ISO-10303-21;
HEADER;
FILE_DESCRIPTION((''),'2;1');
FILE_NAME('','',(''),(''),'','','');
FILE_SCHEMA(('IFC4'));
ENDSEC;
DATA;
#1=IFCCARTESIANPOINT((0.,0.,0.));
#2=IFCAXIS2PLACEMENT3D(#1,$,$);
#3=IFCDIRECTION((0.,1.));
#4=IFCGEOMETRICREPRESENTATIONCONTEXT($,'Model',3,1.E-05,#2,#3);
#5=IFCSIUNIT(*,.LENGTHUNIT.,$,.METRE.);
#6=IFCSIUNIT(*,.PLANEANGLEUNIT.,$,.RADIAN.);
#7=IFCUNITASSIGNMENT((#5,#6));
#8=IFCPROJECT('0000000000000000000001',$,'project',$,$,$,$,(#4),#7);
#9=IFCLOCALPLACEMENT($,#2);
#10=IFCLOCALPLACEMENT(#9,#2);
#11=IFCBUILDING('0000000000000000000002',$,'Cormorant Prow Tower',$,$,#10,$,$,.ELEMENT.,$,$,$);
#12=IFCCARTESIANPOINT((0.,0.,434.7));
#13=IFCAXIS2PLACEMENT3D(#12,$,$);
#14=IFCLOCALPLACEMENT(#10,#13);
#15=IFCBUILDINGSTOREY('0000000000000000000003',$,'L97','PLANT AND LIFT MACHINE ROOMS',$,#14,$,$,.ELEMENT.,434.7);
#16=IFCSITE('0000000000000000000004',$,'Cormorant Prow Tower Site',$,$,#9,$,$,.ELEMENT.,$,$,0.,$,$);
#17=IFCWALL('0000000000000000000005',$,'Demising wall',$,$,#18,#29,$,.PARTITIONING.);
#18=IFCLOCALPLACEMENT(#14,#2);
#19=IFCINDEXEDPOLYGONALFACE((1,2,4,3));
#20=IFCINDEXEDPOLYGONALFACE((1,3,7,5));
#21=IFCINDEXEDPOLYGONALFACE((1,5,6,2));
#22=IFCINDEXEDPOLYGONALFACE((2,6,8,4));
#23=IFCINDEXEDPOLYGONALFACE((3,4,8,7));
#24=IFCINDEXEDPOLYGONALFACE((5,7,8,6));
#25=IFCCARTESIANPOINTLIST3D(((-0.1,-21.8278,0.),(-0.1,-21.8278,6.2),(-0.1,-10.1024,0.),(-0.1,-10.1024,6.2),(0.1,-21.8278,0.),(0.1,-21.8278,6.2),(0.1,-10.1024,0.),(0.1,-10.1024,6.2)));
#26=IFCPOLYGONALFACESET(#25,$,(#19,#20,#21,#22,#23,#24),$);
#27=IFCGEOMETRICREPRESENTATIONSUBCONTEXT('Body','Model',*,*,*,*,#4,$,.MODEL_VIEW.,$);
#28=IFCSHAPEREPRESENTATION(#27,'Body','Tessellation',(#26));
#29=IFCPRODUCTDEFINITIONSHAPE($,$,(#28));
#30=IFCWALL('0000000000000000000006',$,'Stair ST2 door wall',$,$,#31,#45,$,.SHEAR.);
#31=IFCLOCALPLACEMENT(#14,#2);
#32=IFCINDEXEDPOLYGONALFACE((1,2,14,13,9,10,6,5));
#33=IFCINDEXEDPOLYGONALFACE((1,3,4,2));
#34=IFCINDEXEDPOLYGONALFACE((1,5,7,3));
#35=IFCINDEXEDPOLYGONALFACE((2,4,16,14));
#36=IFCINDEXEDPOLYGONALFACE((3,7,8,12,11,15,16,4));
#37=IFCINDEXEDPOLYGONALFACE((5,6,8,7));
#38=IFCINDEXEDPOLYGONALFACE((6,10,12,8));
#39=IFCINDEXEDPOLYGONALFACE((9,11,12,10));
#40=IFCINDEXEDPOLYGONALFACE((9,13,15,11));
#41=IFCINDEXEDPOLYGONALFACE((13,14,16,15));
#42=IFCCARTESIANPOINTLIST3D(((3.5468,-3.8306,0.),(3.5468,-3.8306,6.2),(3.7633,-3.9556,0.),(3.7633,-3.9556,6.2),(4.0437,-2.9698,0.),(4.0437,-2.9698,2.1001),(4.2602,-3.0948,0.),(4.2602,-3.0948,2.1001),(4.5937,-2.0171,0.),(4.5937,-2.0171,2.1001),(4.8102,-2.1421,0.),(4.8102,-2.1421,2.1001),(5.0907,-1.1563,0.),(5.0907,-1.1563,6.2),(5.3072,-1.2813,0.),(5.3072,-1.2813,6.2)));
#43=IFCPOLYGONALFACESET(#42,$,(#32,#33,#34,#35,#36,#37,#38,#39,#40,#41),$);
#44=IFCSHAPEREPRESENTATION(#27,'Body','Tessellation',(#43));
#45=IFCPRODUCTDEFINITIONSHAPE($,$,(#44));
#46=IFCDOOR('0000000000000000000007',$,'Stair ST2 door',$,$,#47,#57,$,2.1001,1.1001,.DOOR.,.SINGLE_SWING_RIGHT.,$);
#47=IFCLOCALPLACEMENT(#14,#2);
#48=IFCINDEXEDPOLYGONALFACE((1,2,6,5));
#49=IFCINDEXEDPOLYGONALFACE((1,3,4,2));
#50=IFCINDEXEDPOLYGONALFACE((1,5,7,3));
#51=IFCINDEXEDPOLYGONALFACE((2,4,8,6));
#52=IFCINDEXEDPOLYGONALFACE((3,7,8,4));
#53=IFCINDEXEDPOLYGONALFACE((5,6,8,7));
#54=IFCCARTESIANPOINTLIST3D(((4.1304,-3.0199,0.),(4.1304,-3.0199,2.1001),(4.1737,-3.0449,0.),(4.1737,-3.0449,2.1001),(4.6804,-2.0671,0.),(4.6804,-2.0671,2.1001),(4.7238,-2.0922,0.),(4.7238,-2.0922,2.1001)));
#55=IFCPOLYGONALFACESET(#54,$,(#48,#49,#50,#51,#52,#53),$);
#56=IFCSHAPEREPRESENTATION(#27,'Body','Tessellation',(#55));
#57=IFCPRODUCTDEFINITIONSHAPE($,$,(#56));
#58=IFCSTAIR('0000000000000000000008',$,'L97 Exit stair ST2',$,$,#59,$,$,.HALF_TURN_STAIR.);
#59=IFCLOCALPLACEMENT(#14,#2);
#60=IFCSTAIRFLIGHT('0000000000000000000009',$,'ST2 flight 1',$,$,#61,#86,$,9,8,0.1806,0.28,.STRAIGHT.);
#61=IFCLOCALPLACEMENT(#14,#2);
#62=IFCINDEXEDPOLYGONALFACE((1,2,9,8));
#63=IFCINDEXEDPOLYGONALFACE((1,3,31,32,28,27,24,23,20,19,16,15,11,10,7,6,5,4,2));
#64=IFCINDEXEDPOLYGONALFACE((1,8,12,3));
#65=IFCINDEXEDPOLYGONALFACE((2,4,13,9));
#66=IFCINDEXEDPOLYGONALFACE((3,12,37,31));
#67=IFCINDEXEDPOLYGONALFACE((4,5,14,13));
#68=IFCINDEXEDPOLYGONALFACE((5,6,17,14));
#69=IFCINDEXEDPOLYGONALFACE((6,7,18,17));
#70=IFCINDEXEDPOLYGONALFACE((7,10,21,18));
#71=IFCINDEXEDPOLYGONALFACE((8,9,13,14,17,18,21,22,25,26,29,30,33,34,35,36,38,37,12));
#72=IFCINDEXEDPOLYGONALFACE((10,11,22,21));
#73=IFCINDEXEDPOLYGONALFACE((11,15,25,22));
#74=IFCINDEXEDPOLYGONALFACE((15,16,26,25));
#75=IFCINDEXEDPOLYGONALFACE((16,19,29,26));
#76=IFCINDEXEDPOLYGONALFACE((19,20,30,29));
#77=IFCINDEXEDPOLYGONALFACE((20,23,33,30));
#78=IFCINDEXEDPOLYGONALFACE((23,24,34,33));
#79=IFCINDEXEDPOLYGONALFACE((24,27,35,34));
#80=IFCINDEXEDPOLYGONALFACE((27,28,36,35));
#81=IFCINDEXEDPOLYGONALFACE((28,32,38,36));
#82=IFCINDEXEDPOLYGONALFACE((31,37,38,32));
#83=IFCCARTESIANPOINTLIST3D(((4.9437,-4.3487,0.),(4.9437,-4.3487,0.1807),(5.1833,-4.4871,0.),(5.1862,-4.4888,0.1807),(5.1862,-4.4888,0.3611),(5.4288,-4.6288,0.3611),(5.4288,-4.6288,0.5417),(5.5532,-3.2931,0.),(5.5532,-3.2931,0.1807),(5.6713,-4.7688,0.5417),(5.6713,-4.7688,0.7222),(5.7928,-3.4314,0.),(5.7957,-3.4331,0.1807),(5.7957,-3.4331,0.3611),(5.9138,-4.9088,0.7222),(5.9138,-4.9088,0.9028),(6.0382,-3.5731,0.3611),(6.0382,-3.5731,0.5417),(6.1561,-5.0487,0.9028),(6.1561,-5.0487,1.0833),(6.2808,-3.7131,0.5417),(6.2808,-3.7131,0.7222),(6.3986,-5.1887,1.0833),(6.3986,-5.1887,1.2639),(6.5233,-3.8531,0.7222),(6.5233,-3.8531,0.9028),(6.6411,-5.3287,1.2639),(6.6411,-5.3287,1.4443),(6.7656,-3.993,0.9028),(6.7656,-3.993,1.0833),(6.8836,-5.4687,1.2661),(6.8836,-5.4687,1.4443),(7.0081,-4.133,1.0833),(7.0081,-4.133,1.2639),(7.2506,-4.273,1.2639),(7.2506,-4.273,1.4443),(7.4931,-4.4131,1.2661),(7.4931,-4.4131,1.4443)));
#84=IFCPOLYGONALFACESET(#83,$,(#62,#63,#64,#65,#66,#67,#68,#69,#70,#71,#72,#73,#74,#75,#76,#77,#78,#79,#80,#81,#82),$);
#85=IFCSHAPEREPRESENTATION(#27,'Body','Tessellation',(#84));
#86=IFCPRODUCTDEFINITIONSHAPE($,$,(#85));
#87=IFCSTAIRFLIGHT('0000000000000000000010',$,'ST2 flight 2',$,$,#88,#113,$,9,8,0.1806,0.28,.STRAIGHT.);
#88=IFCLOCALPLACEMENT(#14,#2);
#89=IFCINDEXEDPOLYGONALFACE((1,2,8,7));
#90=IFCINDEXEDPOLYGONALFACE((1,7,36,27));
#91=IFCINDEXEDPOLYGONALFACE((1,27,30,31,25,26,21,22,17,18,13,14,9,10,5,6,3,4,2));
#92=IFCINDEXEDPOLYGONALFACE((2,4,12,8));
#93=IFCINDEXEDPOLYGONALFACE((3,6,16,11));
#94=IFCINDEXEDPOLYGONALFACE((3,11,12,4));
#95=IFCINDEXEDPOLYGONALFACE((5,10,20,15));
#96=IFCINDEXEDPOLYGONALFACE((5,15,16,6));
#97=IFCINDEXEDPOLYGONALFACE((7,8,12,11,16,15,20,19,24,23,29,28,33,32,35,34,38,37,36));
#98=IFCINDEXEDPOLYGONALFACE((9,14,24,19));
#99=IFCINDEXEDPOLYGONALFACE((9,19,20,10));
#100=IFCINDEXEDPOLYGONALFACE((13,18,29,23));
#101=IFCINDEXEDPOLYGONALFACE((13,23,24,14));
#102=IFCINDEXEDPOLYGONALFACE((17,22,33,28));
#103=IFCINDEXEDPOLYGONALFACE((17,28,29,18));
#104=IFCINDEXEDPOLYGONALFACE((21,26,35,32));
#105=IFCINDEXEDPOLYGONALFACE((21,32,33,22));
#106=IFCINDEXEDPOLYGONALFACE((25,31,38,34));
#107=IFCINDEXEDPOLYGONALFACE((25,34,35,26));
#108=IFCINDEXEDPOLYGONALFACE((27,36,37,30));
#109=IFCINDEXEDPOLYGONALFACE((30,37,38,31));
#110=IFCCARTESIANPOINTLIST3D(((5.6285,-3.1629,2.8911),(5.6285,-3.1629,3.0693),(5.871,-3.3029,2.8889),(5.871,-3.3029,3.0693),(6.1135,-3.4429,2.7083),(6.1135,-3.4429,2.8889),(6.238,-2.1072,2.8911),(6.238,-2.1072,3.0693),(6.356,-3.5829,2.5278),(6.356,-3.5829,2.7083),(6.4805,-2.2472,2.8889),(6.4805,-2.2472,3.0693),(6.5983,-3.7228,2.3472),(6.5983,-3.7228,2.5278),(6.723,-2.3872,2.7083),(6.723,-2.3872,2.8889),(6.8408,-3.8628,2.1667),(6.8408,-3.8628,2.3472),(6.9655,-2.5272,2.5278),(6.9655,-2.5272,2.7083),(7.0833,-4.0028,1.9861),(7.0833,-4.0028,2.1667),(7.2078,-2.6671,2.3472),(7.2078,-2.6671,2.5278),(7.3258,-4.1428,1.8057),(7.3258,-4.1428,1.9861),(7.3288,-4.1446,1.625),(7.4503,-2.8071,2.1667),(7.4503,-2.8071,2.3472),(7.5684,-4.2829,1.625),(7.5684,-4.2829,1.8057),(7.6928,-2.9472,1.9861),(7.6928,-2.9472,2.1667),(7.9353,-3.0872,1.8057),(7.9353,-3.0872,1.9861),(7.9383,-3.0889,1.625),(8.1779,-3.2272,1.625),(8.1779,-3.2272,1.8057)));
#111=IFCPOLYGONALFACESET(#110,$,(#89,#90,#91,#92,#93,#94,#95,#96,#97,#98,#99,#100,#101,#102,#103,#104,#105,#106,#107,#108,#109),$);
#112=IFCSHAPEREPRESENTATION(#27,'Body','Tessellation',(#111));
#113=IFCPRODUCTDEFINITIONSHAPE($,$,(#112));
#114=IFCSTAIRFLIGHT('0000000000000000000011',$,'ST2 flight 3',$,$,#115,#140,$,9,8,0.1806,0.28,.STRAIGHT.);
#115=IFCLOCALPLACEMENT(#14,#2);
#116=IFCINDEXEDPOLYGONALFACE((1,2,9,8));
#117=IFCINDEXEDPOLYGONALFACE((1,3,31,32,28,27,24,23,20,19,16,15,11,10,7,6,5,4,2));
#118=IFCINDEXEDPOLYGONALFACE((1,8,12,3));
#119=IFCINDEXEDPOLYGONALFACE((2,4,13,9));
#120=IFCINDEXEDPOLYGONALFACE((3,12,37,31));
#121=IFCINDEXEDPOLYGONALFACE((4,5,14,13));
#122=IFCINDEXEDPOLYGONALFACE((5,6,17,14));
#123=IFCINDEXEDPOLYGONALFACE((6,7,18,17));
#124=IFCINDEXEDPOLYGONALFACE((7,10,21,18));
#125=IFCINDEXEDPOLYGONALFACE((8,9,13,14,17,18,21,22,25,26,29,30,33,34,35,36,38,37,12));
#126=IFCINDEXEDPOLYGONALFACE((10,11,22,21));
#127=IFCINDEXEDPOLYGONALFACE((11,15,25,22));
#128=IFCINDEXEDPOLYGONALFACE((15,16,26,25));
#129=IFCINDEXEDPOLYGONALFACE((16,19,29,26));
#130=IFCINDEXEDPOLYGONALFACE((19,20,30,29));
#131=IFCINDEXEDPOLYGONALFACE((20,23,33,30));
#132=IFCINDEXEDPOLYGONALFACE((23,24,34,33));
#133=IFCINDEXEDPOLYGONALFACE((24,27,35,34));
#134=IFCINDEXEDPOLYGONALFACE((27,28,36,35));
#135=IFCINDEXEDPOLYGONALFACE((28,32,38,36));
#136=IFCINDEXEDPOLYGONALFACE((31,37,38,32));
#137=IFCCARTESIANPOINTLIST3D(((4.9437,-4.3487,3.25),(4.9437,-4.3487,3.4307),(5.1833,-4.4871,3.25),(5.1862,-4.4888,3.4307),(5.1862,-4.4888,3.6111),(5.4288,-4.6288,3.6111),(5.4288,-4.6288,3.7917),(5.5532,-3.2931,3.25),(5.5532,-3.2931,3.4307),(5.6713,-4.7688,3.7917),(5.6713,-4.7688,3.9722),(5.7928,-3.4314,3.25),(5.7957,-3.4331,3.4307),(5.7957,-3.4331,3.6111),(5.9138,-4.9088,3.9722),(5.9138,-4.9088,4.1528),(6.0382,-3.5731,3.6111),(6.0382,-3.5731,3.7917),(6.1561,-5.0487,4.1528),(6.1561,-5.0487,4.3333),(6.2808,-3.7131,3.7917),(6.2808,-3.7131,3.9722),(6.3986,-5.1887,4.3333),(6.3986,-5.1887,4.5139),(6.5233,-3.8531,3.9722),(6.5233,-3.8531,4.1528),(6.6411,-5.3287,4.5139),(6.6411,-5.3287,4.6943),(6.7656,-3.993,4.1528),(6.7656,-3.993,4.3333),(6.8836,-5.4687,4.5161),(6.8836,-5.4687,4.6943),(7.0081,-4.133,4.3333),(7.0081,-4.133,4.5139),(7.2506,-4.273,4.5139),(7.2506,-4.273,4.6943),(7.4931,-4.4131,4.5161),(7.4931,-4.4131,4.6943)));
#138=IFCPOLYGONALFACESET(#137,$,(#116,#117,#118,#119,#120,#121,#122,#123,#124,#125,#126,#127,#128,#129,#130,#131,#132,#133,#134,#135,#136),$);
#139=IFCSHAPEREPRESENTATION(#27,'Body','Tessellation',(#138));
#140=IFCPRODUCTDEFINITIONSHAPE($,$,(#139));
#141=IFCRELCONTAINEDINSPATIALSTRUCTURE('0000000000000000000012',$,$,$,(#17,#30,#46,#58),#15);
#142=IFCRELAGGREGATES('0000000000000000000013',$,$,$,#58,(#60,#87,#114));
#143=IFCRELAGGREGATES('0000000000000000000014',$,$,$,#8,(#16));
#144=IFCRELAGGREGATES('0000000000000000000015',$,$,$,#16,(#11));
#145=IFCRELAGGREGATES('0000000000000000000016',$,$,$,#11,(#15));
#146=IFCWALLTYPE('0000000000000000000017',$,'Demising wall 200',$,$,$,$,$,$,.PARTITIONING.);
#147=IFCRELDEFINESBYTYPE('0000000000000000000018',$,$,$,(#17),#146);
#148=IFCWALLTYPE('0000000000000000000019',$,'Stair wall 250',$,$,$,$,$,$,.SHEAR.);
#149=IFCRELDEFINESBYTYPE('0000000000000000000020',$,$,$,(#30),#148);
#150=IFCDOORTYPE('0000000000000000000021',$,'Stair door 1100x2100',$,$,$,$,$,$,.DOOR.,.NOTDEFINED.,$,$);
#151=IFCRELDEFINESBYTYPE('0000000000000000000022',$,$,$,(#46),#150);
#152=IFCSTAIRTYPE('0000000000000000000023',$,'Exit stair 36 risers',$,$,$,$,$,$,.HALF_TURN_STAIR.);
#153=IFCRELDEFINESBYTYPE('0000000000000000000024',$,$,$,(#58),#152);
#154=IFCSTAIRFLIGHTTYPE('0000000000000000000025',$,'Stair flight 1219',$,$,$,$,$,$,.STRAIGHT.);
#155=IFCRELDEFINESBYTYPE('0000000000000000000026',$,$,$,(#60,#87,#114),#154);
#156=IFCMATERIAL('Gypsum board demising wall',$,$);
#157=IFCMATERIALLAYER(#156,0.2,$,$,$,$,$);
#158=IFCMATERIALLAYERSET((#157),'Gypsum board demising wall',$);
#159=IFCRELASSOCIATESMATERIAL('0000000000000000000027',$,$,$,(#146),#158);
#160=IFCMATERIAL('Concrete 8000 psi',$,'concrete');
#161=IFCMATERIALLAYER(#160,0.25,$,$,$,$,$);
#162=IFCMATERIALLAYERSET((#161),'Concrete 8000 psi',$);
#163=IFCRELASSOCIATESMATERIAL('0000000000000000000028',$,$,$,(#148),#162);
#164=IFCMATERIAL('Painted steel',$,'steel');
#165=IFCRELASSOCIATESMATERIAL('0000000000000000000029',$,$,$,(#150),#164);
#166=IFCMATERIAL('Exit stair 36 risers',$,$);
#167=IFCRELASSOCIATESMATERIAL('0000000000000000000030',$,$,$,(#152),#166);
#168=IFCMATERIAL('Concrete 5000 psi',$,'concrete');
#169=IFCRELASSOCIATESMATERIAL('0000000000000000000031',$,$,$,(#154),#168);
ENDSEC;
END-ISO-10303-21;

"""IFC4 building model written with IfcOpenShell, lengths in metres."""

from ifc_helpers import new_model, si_unit, direction, frame, frame_2d, origin, place, context, subcontext, project, spatial, polyline, rectangle, outline, extrude, material, layer, layer_set, type_object, element, fill, aggregate, save


model = new_model("IFC4")

# Units and contexts
model_context = context("Model", 3, precision=1e-05, world=origin(), true_north=direction((0.0, 1.0)))
body_context = subcontext(model_context, "Body", "Model", "MODEL_VIEW")
ifc_project = project(units=[si_unit("LENGTHUNIT", "METRE"), si_unit("PLANEANGLEUNIT", "RADIAN")], contexts=[model_context])

# Site, building, storey
site_placement = place(None, origin())
site = spatial("IfcSite", under=ifc_project, at=site_placement, Name="Cormorant Prow Tower Site", CompositionType="ELEMENT", RefElevation=0.0)
building_placement = place(site_placement, origin())
building = spatial("IfcBuilding", under=site, at=building_placement, Name="Cormorant Prow Tower", CompositionType="ELEMENT")
storey_placement = place(building_placement, frame((0.0, 0.0, 434.7)))
storey = spatial("IfcBuildingStorey", under=building, at=storey_placement, Name="L97", Description="PLANT AND LIFT MACHINE ROOMS", CompositionType="ELEMENT", Elevation=434.7)

# Wall
ifc_material_1 = material(Name="Gypsum board demising wall")
ifc_layer_1 = layer(ifc_material_1, 0.2)
ifc_layer_set_1 = layer_set([ifc_layer_1], Name="Gypsum board demising wall")
wall_type_1 = type_object("IfcWallType", Name="Demising wall 200", PredefinedType="PARTITIONING", material=ifc_layer_set_1)
wall_1_placement = place(storey_placement, frame((0.0, -21.8279, 0.0), z_axis=(0.0, 0.0, 1.0), x_axis=(0.0, 1.0, 0.0)))
element("IfcWall", 1, at=wall_1_placement, inside=storey, type_object=wall_type_1, Name="Demising wall", PredefinedType="PARTITIONING", context=body_context, shape_type="SweptSolid", body=[
    extrude(rectangle(XDim=11.7253, YDim=0.2, at=frame_2d((5.8628, 0.0))), origin(), (0.0, 0.0, 1.0), 6.2),
])

# Wall, opening, door
ifc_material_2 = material(Name="Concrete 8000 psi", Category="concrete")
ifc_layer_2 = layer(ifc_material_2, 0.25)
ifc_layer_set_2 = layer_set([ifc_layer_2], Name="Concrete 8000 psi")
wall_type_2 = type_object("IfcWallType", Name="Stair wall 250", PredefinedType="SHEAR", material=ifc_layer_set_2)
wall_2_placement = place(storey_placement, frame((3.655, -3.8931, 0.0), z_axis=(0.0, 0.0, 1.0), x_axis=(0.499983, 0.866035, 0.0)))
wall_2 = element("IfcWall", 2, at=wall_2_placement, inside=storey, type_object=wall_type_2, Name="Stair ST2 door wall", PredefinedType="SHEAR", context=body_context, shape_type="SweptSolid", body=[
    extrude(rectangle(XDim=3.0879, YDim=0.25, at=frame_2d((1.5439, 0.0))), origin(), (0.0, 0.0, 1.0), 6.2),
])
opening_1_placement = place(wall_2_placement, frame((0.9939, 0.0, 0.0)))
opening_1 = element("IfcOpeningElement", 3, at=opening_1_placement, cuts=wall_2, PredefinedType="OPENING", context=body_context, shape_type="SweptSolid", body=[
    extrude(rectangle(XDim=1.1001, YDim=2.1001, at=frame_2d((0.55, 1.05))), frame((0.0, 0.135, 0.0), z_axis=(0.0, -1.0, 0.0), x_axis=(1.0, 0.0, 0.0)), (0.0, 0.0, 1.0), 0.27),
])
ifc_material_3 = material(Name="Painted steel", Category="steel")
door_type_1 = type_object("IfcDoorType", Name="Stair door 1100x2100", OperationType="NOTDEFINED", PredefinedType="DOOR", material=ifc_material_3)
door_1_placement = place(opening_1_placement, origin())
door_1 = element("IfcDoor", 4, at=door_1_placement, inside=storey, type_object=door_type_1, Name="Stair ST2 door", OperationType="SINGLE_SWING_RIGHT", OverallHeight=2.1001, OverallWidth=1.1001, PredefinedType="DOOR", context=body_context, shape_type="SweptSolid", body=[
    extrude(rectangle(XDim=1.1001, YDim=2.1001, at=frame_2d((0.55, 1.05))), frame((0.0, 0.0249, 0.0), z_axis=(0.0, -1.0, 0.0), x_axis=(1.0, 0.0, 0.0)), (0.0, 0.0, 1.0), 0.05),
])
fill(opening_1, door_1)

# Stair, stair flights
ifc_material_4 = material(Name="Exit stair 36 risers")
stair_type = type_object("IfcStairType", Name="Exit stair 36 risers", PredefinedType="HALF_TURN_STAIR", material=ifc_material_4)
stair_placement = place(storey_placement, origin())
stair = element("IfcStair", 5, at=stair_placement, inside=storey, type_object=stair_type, Name="L97 Exit stair ST2", PredefinedType="HALF_TURN_STAIR")
ifc_material_5 = material(Name="Concrete 5000 psi", Category="concrete")
stair_flight_type = type_object("IfcStairFlightType", Name="Stair flight 1219", PredefinedType="STRAIGHT", material=ifc_material_5)
stair_flight_1_placement = place(storey_placement, frame((5.2485, -3.8208, 0.0), z_axis=(0.0, 0.0, 1.0), x_axis=(0.866025, -0.5, 0.0)))
stair_flight_1 = element("IfcStairFlight", 6, at=stair_flight_1_placement, type_object=stair_flight_type, Name="ST2 flight 1", NumberOfRisers=9, NumberOfTreads=8, PredefinedType="STRAIGHT", RiserHeight=0.1806, TreadLength=0.28, context=body_context, shape_type="SweptSolid", body=[
    extrude(outline(polyline([(0.0, 0.0), (0.0, 0.1807), (0.28, 0.1807), (0.28, 0.3611), (0.5601, 0.3611), (0.5601, 0.5417), (0.8401, 0.5417), (0.8401, 0.7222), (1.1201, 0.7222), (1.1201, 0.9028), (1.3999, 0.9028), (1.3999, 1.0833), (1.6799, 1.0833), (1.6799, 1.2639), (1.96, 1.2639), (1.96, 1.4443), (2.24, 1.4443), (2.24, 1.625), (2.24, 1.2661), (0.2766, 0.0), (0.0, 0.0)])), frame((0.0, 0.6094, 0.0), z_axis=(0.0, -1.0, 0.0), x_axis=(1.0, 0.0, 0.0)), (0.0, 0.0, 1.0), 1.219),
])
stair_flight_2_placement = place(storey_placement, frame((7.873, -3.7551, 1.625), z_axis=(0.0, 0.0, 1.0), x_axis=(-0.866025, 0.5, 0.0)))
stair_flight_2 = element("IfcStairFlight", 7, at=stair_flight_2_placement, type_object=stair_flight_type, Name="ST2 flight 2", NumberOfRisers=9, NumberOfTreads=8, PredefinedType="STRAIGHT", RiserHeight=0.1806, TreadLength=0.28, context=body_context, shape_type="SweptSolid", body=[
    extrude(outline(polyline([(0.0, 0.0), (0.0, 0.1807), (0.28, 0.1807), (0.28, 0.3611), (0.5601, 0.3611), (0.5601, 0.5417), (0.8401, 0.5417), (0.8401, 0.7222), (1.1201, 0.7222), (1.1201, 0.9028), (1.3999, 0.9028), (1.3999, 1.0833), (1.6799, 1.0833), (1.6799, 1.2639), (1.96, 1.2639), (1.96, 1.4443), (2.24, 1.4443), (2.24, 1.625), (2.24, 1.2661), (0.2766, 0.0), (0.0, 0.0)])), frame((0.0, 0.6094, 0.0), z_axis=(0.0, -1.0, 0.0), x_axis=(1.0, 0.0, 0.0)), (0.0, 0.0, 1.0), 1.219),
])
stair_flight_3_placement = place(storey_placement, frame((5.2485, -3.8208, 3.25), z_axis=(0.0, 0.0, 1.0), x_axis=(0.866025, -0.5, 0.0)))
stair_flight_3 = element("IfcStairFlight", 8, at=stair_flight_3_placement, type_object=stair_flight_type, Name="ST2 flight 3", NumberOfRisers=9, NumberOfTreads=8, PredefinedType="STRAIGHT", RiserHeight=0.1806, TreadLength=0.28, context=body_context, shape_type="SweptSolid", body=[
    extrude(outline(polyline([(0.0, 0.0), (0.0, 0.1807), (0.28, 0.1807), (0.28, 0.3611), (0.5601, 0.3611), (0.5601, 0.5417), (0.8401, 0.5417), (0.8401, 0.7222), (1.1201, 0.7222), (1.1201, 0.9028), (1.3999, 0.9028), (1.3999, 1.0833), (1.6799, 1.0833), (1.6799, 1.2639), (1.96, 1.2639), (1.96, 1.4443), (2.24, 1.4443), (2.24, 1.625), (2.24, 1.2661), (0.2766, 0.0), (0.0, 0.0)])), frame((0.0, 0.6094, 0.0), z_axis=(0.0, -1.0, 0.0), x_axis=(1.0, 0.0, 0.0)), (0.0, 0.0, 1.0), 1.219),
])
aggregate(stair, [stair_flight_1, stair_flight_2, stair_flight_3])

save(model, "model.ifc")
